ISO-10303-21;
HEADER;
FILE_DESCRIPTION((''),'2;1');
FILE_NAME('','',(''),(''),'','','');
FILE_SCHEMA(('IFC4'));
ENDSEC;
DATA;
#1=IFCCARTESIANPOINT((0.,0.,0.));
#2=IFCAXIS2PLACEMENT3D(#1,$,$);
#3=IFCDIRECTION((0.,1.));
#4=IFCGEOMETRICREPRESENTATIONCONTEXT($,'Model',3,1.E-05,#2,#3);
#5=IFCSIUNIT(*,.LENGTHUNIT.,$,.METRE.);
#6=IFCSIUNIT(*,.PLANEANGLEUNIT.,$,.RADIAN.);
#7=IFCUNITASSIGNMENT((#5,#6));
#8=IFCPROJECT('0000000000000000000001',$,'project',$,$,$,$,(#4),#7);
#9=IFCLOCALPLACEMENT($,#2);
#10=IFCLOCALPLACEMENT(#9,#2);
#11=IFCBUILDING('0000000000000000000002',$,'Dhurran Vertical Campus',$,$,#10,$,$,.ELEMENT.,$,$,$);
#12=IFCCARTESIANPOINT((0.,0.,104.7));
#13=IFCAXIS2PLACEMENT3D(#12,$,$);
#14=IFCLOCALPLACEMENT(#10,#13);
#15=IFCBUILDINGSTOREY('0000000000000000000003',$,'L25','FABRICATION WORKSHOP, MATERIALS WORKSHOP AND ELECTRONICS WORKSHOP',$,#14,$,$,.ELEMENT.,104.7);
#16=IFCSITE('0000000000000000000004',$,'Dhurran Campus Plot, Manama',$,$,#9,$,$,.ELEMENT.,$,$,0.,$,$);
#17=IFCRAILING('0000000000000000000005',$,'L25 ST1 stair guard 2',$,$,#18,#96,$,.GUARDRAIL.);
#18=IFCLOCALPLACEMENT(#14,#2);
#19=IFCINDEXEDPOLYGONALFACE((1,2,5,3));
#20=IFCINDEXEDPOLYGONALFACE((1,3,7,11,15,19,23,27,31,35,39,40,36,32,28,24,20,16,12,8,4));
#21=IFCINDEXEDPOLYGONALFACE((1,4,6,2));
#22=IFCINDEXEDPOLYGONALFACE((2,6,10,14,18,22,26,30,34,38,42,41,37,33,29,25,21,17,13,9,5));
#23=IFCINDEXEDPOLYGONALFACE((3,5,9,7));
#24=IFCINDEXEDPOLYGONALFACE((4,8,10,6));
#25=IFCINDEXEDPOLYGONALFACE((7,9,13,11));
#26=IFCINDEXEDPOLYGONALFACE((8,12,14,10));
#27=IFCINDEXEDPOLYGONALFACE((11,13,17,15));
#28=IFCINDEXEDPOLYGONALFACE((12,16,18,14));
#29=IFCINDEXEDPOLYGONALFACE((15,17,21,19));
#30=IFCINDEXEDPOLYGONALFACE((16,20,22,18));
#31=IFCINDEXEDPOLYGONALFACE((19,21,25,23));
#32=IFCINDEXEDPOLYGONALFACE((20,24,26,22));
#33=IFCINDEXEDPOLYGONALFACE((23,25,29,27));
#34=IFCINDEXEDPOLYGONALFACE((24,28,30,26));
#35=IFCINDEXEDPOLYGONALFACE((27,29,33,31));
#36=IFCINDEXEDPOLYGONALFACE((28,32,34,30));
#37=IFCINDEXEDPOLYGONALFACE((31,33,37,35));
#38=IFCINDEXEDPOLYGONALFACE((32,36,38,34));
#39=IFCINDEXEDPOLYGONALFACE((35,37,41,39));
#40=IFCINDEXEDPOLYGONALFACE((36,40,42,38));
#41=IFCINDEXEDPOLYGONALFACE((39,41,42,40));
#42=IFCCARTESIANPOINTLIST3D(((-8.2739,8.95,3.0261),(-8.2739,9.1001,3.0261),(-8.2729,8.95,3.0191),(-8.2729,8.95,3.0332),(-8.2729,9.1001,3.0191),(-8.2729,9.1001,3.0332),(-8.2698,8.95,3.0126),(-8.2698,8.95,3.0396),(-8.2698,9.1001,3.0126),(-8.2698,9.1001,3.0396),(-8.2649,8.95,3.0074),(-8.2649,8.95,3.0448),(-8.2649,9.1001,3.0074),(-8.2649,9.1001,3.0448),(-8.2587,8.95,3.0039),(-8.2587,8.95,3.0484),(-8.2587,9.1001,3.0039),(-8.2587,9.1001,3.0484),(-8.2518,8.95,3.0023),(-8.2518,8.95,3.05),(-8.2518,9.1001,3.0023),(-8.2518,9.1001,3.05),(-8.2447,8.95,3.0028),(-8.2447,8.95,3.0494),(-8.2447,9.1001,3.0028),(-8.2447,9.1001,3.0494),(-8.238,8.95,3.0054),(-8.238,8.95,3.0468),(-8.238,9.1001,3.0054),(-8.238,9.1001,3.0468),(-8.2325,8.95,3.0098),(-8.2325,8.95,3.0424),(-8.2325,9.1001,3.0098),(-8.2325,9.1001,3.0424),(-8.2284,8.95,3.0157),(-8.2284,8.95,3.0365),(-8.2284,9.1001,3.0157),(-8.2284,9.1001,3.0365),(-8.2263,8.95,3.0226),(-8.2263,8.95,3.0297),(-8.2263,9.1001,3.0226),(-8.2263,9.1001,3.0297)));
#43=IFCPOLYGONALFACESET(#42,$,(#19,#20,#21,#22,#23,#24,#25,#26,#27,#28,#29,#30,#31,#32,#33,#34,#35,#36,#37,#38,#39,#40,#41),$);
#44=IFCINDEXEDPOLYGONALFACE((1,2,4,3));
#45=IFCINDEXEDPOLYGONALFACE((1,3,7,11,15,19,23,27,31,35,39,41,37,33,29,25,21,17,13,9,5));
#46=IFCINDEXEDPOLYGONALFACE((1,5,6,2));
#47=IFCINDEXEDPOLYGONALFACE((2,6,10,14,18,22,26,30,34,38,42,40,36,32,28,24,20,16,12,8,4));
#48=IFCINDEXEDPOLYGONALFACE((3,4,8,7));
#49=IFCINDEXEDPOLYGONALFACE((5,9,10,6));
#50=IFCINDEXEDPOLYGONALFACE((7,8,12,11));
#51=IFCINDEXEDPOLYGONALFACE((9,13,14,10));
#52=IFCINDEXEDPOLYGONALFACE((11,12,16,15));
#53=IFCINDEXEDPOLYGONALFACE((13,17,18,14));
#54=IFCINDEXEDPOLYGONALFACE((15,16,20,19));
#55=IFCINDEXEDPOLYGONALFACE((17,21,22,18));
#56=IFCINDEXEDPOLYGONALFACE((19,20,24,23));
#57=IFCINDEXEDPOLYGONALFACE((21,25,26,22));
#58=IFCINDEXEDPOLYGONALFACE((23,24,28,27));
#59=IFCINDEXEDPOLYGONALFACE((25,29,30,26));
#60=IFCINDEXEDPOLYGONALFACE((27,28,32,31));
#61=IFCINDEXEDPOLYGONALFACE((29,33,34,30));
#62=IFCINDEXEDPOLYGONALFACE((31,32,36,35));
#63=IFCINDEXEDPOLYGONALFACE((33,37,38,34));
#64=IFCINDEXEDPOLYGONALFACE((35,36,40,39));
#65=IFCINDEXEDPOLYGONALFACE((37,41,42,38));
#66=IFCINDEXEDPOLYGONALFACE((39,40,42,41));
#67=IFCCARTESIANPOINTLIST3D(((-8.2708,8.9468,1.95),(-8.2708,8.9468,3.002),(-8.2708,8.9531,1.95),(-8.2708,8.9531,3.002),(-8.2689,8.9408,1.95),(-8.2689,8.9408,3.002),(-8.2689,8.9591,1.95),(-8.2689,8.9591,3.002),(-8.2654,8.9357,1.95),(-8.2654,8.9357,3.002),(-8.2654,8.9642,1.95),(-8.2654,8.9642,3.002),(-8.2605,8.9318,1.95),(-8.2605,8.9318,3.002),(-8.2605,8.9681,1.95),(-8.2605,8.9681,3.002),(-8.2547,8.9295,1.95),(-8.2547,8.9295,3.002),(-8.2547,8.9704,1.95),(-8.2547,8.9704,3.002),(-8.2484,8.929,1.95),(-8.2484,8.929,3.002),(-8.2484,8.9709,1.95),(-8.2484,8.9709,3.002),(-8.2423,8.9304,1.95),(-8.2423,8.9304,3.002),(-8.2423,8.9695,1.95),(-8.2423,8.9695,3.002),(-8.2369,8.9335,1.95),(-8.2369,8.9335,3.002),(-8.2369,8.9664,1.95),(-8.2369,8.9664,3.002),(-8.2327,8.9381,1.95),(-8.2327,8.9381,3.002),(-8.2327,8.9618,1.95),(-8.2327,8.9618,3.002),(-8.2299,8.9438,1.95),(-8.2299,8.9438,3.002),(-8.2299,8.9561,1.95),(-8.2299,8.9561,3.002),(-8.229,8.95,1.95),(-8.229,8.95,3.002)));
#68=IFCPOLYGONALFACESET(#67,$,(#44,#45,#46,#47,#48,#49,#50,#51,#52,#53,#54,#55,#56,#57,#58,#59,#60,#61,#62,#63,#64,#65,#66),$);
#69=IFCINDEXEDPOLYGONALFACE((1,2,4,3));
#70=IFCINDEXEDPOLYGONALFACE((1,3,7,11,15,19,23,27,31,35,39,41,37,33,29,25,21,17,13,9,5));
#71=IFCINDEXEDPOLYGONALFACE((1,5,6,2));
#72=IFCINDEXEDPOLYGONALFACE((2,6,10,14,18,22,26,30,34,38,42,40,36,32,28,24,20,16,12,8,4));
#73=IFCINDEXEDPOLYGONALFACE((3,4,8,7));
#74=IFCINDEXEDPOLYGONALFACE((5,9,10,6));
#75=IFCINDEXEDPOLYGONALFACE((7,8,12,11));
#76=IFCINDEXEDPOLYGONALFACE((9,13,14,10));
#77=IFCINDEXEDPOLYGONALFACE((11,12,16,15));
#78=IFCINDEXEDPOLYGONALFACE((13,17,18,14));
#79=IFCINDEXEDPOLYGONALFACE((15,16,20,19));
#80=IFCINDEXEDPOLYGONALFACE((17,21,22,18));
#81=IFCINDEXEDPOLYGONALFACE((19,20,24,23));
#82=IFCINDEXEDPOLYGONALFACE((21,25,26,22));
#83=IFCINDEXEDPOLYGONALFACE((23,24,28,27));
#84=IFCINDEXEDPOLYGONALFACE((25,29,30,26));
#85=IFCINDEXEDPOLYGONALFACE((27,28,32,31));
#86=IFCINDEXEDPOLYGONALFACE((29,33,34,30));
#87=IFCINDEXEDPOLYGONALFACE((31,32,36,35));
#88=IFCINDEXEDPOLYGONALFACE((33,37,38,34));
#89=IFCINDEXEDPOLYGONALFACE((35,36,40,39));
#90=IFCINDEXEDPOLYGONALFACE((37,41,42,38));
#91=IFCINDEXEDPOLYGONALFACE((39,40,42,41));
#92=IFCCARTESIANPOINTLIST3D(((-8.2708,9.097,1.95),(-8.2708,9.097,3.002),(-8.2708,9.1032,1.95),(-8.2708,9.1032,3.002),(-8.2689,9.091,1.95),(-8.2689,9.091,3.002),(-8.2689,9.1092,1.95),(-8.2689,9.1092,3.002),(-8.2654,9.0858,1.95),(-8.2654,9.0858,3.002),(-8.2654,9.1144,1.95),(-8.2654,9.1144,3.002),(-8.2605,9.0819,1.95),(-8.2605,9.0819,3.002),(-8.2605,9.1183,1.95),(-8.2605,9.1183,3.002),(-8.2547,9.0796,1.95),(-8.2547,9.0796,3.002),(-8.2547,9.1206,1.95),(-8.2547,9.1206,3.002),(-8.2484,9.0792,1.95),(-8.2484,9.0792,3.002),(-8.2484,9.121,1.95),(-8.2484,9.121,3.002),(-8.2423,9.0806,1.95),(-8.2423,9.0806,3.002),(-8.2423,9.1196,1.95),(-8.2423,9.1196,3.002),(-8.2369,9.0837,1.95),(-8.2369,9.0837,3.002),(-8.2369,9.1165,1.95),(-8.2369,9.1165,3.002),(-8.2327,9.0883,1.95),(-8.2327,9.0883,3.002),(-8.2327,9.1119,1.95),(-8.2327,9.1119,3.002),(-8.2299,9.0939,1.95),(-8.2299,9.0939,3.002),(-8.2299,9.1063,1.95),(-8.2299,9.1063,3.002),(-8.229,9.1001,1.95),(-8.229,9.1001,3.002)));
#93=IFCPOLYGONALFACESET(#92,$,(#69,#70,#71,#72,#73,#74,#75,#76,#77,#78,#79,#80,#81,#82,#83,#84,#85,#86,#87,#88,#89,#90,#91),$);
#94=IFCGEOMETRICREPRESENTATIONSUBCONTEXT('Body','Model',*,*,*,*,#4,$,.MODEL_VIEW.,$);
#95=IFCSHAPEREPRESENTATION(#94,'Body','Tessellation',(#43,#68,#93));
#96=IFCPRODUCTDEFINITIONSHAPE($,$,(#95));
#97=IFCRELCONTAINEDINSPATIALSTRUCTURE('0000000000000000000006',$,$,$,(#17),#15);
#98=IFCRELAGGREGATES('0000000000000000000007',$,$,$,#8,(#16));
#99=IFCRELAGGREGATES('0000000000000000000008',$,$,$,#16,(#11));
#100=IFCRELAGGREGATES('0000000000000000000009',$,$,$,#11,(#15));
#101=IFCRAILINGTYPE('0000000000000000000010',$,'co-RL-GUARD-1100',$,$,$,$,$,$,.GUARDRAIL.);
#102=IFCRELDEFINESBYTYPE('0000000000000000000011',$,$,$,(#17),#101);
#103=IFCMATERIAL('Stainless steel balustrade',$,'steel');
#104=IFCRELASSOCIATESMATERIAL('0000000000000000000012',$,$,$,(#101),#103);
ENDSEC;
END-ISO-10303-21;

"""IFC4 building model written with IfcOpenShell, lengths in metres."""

from ifc_helpers import new_model, si_unit, direction, frame, origin, origin_2d, place, context, subcontext, project, spatial, circle, extrude, material, type_object, element, save


model = new_model("IFC4")

# Units and contexts
model_context = context("Model", 3, precision=1e-05, world=origin(), true_north=direction((0.0, 1.0)))
body_context = subcontext(model_context, "Body", "Model", "MODEL_VIEW")
ifc_project = project(units=[si_unit("LENGTHUNIT", "METRE"), si_unit("PLANEANGLEUNIT", "RADIAN")], contexts=[model_context])

# Site, building, storey
site_placement = place(None, origin())
site = spatial("IfcSite", under=ifc_project, at=site_placement, Name="Dhurran Campus Plot, Manama", CompositionType="ELEMENT", RefElevation=0.0)
building_placement = place(site_placement, origin())
building = spatial("IfcBuilding", under=site, at=building_placement, Name="Dhurran Vertical Campus", CompositionType="ELEMENT")
storey_placement = place(building_placement, frame((0.0, 0.0, 104.7)))
storey = spatial("IfcBuildingStorey", under=building, at=storey_placement, Name="L25", Description="FABRICATION WORKSHOP, MATERIALS WORKSHOP AND ELECTRONICS WORKSHOP", CompositionType="ELEMENT", Elevation=104.7)

# Railing
ifc_material_1 = material(Name="Stainless steel balustrade", Category="steel")
railing_type = type_object("IfcRailingType", Name="co-RL-GUARD-1100", PredefinedType="GUARDRAIL", material=ifc_material_1)
railing_placement = place(storey_placement, frame((-8.25, 8.95, 1.95)))
element("IfcRailing", 1, at=railing_placement, inside=storey, type_object=railing_type, Name="L25 ST1 stair guard 2", PredefinedType="GUARDRAIL", context=body_context, shape_type="SweptSolid", body=[
    extrude(circle(Radius=0.0239, at=origin_2d()), frame((0.0, 0.0, 1.0762), z_axis=(0.0, 1.0, 0.0), x_axis=(-1.0, 0.0, 0.0)), (0.0, 0.0, 1.0), 0.1501),
    extrude(circle(Radius=0.021, at=origin_2d()), origin(), (0.0, 0.0, 1.0), 1.052),
    extrude(circle(Radius=0.021, at=origin_2d()), frame((0.0, 0.1501, 0.0)), (0.0, 0.0, 1.0), 1.052),
])

save(model, "model.ifc")
